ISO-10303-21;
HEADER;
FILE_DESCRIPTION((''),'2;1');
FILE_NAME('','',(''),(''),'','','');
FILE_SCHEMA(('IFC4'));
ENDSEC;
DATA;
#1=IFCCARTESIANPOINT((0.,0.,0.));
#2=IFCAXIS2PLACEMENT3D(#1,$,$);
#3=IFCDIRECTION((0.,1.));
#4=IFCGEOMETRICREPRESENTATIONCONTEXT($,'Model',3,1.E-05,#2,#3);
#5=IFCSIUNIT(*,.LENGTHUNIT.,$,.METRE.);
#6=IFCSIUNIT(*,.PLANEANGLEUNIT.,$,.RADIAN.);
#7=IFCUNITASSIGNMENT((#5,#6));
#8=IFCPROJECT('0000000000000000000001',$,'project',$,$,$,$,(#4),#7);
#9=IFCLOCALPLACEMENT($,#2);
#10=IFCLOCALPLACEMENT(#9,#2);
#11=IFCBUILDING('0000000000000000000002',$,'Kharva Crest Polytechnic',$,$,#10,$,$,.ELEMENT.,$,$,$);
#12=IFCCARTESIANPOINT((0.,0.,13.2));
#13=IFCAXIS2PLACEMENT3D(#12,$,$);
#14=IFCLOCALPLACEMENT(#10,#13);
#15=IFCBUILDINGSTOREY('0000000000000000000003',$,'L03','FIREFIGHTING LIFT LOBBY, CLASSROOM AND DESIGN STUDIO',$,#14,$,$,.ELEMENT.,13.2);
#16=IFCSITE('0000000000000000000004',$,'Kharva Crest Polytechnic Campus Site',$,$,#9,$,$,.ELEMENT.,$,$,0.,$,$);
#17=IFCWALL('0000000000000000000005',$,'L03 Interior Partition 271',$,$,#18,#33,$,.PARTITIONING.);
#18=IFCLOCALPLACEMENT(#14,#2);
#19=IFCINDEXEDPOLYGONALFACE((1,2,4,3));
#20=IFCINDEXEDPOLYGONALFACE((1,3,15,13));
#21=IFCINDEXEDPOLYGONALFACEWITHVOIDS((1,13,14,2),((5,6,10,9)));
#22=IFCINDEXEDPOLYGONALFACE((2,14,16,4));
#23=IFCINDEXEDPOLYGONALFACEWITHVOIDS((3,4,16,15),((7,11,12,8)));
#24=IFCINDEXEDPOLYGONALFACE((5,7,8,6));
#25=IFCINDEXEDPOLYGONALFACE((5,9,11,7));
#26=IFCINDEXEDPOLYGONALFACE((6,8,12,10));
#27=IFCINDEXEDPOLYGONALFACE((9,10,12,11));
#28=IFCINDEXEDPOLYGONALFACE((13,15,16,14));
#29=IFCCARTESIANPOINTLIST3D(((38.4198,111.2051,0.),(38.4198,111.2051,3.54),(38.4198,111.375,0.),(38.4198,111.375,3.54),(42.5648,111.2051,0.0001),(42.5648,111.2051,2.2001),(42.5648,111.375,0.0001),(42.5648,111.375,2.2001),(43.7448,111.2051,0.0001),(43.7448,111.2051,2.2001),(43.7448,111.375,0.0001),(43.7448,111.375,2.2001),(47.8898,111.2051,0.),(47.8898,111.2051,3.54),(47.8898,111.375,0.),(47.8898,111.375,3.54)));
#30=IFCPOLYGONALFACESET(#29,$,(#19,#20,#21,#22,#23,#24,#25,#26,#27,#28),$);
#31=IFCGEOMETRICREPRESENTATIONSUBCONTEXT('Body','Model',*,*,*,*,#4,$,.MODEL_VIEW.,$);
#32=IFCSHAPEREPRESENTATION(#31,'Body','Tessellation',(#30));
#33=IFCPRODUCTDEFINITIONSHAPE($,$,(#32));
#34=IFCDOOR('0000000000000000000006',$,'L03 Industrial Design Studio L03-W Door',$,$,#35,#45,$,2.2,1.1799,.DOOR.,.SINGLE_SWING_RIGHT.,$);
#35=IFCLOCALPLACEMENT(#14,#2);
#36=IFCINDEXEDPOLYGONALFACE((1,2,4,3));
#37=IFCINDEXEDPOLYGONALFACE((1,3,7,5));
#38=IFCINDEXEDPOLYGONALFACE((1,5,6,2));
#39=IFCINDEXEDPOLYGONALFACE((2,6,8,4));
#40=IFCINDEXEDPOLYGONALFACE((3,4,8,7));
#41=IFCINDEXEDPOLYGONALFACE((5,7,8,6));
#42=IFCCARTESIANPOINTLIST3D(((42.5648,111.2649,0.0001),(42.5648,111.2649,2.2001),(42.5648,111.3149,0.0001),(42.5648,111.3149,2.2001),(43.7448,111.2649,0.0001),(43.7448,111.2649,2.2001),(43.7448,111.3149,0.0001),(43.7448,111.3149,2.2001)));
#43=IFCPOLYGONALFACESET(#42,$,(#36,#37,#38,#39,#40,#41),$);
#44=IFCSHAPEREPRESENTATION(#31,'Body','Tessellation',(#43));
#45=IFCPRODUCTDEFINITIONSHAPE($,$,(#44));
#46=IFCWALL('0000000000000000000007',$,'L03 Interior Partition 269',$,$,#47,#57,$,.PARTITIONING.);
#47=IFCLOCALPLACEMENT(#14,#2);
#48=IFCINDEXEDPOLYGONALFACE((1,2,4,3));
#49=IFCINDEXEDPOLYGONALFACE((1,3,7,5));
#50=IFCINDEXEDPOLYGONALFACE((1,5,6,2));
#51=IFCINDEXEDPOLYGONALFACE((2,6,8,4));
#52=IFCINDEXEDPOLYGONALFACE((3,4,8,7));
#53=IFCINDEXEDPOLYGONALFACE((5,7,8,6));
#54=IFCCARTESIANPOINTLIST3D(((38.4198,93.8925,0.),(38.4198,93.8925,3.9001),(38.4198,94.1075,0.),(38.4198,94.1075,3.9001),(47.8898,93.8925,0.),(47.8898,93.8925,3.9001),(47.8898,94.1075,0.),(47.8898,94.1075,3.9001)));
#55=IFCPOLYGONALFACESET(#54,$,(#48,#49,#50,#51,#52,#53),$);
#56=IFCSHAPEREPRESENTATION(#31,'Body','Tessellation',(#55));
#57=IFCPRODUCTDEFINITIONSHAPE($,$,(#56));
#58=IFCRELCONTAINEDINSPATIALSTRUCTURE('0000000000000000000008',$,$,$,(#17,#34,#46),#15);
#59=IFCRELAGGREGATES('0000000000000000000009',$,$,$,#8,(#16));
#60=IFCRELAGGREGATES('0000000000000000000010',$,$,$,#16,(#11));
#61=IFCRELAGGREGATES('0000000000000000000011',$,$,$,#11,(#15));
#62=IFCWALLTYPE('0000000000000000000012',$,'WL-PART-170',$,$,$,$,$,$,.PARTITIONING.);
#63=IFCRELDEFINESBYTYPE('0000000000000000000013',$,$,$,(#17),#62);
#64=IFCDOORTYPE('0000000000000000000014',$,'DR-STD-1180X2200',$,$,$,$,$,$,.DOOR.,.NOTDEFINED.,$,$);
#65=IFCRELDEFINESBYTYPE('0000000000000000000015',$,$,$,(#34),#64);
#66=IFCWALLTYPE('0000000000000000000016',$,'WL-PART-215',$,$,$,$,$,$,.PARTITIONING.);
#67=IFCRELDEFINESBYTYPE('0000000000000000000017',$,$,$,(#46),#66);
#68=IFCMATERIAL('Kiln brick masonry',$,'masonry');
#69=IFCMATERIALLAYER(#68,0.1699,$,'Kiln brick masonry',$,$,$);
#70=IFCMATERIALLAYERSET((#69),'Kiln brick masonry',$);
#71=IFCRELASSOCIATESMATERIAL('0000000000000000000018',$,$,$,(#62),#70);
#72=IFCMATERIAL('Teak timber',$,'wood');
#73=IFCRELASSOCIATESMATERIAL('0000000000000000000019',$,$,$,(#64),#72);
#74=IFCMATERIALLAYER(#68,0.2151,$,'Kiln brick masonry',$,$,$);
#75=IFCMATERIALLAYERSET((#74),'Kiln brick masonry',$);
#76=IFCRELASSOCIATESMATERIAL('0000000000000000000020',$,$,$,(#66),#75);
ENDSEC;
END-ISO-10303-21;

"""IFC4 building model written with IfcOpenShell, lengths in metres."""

from ifc_helpers import new_model, si_unit, direction, frame, frame_2d, origin, place, context, subcontext, project, spatial, rectangle, extrude, material, layer, layer_set, type_object, element, fill, save


model = new_model("IFC4")

# Units and contexts
model_context = context("Model", 3, precision=1e-05, world=origin(), true_north=direction((0.0, 1.0)))
body_context = subcontext(model_context, "Body", "Model", "MODEL_VIEW")
ifc_project = project(units=[si_unit("LENGTHUNIT", "METRE"), si_unit("PLANEANGLEUNIT", "RADIAN")], contexts=[model_context])

# Site, building, storey
site_placement = place(None, origin())
site = spatial("IfcSite", under=ifc_project, at=site_placement, Name="Kharva Crest Polytechnic Campus Site", CompositionType="ELEMENT", RefElevation=0.0)
building_placement = place(site_placement, origin())
building = spatial("IfcBuilding", under=site, at=building_placement, Name="Kharva Crest Polytechnic", CompositionType="ELEMENT")
storey_placement = place(building_placement, frame((0.0, 0.0, 13.2)))
storey = spatial("IfcBuildingStorey", under=building, at=storey_placement, Name="L03", Description="FIREFIGHTING LIFT LOBBY, CLASSROOM AND DESIGN STUDIO", CompositionType="ELEMENT", Elevation=13.2)

# Shared definitions
ifc_material_1 = material(Name="Kiln brick masonry", Category="masonry")

# Shared definitions
ifc_material_2 = material(Name="Teak timber", Category="wood")

# Wall, opening, door
ifc_layer_1 = layer(ifc_material_1, 0.1699, Name="Kiln brick masonry")
ifc_layer_set_1 = layer_set([ifc_layer_1], Name="Kiln brick masonry")
wall_type_1 = type_object("IfcWallType", Name="WL-PART-170", PredefinedType="PARTITIONING", material=ifc_layer_set_1)
wall_1_placement = place(storey_placement, frame((38.4199, 111.29, 0.0), z_axis=(0.0, 0.0, 1.0), x_axis=(1.0, 0.0, 0.0)))
wall_1 = element("IfcWall", 1, at=wall_1_placement, inside=storey, type_object=wall_type_1, Name="L03 Interior Partition 271", PredefinedType="PARTITIONING", context=body_context, shape_type="SweptSolid", body=[
    extrude(rectangle(XDim=9.47, YDim=0.1699, at=frame_2d((4.7349, 0.0))), origin(), (0.0, 0.0, 1.0), 3.54),
])
opening_1_placement = place(wall_1_placement, frame((4.145, 0.0, 0.0)))
opening_1 = element("IfcOpeningElement", 2, at=opening_1_placement, cuts=wall_1, PredefinedType="OPENING", context=body_context, shape_type="SweptSolid", body=[
    extrude(rectangle(XDim=1.1799, YDim=2.2, at=frame_2d((0.5898, 1.1001))), frame((0.0, 0.095, 0.0), z_axis=(0.0, -1.0, 0.0), x_axis=(1.0, 0.0, 0.0)), (0.0, 0.0, 1.0), 0.1899),
])
door_type_1 = type_object("IfcDoorType", Name="DR-STD-1180X2200", OperationType="NOTDEFINED", PredefinedType="DOOR", material=ifc_material_2)
door_1_placement = place(opening_1_placement, origin())
door_1 = element("IfcDoor", 3, at=door_1_placement, inside=storey, type_object=door_type_1, Name="L03 Industrial Design Studio L03-W Door", OperationType="SINGLE_SWING_RIGHT", OverallHeight=2.2, OverallWidth=1.1799, PredefinedType="DOOR", context=body_context, shape_type="SweptSolid", body=[
    extrude(rectangle(XDim=1.1799, YDim=2.2, at=frame_2d((0.5898, 1.1001))), frame((0.0, 0.0249, 0.0), z_axis=(0.0, -1.0, 0.0), x_axis=(1.0, 0.0, 0.0)), (0.0, 0.0, 1.0), 0.05),
])
fill(opening_1, door_1)

# Wall
ifc_layer_2 = layer(ifc_material_1, 0.2151, Name="Kiln brick masonry")
ifc_layer_set_2 = layer_set([ifc_layer_2], Name="Kiln brick masonry")
wall_type_2 = type_object("IfcWallType", Name="WL-PART-215", PredefinedType="PARTITIONING", material=ifc_layer_set_2)
wall_2_placement = place(storey_placement, frame((38.4199, 94.0, 0.0), z_axis=(0.0, 0.0, 1.0), x_axis=(1.0, 0.0, 0.0)))
element("IfcWall", 4, at=wall_2_placement, inside=storey, type_object=wall_type_2, Name="L03 Interior Partition 269", PredefinedType="PARTITIONING", context=body_context, shape_type="SweptSolid", body=[
    extrude(rectangle(XDim=9.47, YDim=0.2151, at=frame_2d((4.7349, 0.0))), origin(), (0.0, 0.0, 1.0), 3.9001),
])

save(model, "model.ifc")
